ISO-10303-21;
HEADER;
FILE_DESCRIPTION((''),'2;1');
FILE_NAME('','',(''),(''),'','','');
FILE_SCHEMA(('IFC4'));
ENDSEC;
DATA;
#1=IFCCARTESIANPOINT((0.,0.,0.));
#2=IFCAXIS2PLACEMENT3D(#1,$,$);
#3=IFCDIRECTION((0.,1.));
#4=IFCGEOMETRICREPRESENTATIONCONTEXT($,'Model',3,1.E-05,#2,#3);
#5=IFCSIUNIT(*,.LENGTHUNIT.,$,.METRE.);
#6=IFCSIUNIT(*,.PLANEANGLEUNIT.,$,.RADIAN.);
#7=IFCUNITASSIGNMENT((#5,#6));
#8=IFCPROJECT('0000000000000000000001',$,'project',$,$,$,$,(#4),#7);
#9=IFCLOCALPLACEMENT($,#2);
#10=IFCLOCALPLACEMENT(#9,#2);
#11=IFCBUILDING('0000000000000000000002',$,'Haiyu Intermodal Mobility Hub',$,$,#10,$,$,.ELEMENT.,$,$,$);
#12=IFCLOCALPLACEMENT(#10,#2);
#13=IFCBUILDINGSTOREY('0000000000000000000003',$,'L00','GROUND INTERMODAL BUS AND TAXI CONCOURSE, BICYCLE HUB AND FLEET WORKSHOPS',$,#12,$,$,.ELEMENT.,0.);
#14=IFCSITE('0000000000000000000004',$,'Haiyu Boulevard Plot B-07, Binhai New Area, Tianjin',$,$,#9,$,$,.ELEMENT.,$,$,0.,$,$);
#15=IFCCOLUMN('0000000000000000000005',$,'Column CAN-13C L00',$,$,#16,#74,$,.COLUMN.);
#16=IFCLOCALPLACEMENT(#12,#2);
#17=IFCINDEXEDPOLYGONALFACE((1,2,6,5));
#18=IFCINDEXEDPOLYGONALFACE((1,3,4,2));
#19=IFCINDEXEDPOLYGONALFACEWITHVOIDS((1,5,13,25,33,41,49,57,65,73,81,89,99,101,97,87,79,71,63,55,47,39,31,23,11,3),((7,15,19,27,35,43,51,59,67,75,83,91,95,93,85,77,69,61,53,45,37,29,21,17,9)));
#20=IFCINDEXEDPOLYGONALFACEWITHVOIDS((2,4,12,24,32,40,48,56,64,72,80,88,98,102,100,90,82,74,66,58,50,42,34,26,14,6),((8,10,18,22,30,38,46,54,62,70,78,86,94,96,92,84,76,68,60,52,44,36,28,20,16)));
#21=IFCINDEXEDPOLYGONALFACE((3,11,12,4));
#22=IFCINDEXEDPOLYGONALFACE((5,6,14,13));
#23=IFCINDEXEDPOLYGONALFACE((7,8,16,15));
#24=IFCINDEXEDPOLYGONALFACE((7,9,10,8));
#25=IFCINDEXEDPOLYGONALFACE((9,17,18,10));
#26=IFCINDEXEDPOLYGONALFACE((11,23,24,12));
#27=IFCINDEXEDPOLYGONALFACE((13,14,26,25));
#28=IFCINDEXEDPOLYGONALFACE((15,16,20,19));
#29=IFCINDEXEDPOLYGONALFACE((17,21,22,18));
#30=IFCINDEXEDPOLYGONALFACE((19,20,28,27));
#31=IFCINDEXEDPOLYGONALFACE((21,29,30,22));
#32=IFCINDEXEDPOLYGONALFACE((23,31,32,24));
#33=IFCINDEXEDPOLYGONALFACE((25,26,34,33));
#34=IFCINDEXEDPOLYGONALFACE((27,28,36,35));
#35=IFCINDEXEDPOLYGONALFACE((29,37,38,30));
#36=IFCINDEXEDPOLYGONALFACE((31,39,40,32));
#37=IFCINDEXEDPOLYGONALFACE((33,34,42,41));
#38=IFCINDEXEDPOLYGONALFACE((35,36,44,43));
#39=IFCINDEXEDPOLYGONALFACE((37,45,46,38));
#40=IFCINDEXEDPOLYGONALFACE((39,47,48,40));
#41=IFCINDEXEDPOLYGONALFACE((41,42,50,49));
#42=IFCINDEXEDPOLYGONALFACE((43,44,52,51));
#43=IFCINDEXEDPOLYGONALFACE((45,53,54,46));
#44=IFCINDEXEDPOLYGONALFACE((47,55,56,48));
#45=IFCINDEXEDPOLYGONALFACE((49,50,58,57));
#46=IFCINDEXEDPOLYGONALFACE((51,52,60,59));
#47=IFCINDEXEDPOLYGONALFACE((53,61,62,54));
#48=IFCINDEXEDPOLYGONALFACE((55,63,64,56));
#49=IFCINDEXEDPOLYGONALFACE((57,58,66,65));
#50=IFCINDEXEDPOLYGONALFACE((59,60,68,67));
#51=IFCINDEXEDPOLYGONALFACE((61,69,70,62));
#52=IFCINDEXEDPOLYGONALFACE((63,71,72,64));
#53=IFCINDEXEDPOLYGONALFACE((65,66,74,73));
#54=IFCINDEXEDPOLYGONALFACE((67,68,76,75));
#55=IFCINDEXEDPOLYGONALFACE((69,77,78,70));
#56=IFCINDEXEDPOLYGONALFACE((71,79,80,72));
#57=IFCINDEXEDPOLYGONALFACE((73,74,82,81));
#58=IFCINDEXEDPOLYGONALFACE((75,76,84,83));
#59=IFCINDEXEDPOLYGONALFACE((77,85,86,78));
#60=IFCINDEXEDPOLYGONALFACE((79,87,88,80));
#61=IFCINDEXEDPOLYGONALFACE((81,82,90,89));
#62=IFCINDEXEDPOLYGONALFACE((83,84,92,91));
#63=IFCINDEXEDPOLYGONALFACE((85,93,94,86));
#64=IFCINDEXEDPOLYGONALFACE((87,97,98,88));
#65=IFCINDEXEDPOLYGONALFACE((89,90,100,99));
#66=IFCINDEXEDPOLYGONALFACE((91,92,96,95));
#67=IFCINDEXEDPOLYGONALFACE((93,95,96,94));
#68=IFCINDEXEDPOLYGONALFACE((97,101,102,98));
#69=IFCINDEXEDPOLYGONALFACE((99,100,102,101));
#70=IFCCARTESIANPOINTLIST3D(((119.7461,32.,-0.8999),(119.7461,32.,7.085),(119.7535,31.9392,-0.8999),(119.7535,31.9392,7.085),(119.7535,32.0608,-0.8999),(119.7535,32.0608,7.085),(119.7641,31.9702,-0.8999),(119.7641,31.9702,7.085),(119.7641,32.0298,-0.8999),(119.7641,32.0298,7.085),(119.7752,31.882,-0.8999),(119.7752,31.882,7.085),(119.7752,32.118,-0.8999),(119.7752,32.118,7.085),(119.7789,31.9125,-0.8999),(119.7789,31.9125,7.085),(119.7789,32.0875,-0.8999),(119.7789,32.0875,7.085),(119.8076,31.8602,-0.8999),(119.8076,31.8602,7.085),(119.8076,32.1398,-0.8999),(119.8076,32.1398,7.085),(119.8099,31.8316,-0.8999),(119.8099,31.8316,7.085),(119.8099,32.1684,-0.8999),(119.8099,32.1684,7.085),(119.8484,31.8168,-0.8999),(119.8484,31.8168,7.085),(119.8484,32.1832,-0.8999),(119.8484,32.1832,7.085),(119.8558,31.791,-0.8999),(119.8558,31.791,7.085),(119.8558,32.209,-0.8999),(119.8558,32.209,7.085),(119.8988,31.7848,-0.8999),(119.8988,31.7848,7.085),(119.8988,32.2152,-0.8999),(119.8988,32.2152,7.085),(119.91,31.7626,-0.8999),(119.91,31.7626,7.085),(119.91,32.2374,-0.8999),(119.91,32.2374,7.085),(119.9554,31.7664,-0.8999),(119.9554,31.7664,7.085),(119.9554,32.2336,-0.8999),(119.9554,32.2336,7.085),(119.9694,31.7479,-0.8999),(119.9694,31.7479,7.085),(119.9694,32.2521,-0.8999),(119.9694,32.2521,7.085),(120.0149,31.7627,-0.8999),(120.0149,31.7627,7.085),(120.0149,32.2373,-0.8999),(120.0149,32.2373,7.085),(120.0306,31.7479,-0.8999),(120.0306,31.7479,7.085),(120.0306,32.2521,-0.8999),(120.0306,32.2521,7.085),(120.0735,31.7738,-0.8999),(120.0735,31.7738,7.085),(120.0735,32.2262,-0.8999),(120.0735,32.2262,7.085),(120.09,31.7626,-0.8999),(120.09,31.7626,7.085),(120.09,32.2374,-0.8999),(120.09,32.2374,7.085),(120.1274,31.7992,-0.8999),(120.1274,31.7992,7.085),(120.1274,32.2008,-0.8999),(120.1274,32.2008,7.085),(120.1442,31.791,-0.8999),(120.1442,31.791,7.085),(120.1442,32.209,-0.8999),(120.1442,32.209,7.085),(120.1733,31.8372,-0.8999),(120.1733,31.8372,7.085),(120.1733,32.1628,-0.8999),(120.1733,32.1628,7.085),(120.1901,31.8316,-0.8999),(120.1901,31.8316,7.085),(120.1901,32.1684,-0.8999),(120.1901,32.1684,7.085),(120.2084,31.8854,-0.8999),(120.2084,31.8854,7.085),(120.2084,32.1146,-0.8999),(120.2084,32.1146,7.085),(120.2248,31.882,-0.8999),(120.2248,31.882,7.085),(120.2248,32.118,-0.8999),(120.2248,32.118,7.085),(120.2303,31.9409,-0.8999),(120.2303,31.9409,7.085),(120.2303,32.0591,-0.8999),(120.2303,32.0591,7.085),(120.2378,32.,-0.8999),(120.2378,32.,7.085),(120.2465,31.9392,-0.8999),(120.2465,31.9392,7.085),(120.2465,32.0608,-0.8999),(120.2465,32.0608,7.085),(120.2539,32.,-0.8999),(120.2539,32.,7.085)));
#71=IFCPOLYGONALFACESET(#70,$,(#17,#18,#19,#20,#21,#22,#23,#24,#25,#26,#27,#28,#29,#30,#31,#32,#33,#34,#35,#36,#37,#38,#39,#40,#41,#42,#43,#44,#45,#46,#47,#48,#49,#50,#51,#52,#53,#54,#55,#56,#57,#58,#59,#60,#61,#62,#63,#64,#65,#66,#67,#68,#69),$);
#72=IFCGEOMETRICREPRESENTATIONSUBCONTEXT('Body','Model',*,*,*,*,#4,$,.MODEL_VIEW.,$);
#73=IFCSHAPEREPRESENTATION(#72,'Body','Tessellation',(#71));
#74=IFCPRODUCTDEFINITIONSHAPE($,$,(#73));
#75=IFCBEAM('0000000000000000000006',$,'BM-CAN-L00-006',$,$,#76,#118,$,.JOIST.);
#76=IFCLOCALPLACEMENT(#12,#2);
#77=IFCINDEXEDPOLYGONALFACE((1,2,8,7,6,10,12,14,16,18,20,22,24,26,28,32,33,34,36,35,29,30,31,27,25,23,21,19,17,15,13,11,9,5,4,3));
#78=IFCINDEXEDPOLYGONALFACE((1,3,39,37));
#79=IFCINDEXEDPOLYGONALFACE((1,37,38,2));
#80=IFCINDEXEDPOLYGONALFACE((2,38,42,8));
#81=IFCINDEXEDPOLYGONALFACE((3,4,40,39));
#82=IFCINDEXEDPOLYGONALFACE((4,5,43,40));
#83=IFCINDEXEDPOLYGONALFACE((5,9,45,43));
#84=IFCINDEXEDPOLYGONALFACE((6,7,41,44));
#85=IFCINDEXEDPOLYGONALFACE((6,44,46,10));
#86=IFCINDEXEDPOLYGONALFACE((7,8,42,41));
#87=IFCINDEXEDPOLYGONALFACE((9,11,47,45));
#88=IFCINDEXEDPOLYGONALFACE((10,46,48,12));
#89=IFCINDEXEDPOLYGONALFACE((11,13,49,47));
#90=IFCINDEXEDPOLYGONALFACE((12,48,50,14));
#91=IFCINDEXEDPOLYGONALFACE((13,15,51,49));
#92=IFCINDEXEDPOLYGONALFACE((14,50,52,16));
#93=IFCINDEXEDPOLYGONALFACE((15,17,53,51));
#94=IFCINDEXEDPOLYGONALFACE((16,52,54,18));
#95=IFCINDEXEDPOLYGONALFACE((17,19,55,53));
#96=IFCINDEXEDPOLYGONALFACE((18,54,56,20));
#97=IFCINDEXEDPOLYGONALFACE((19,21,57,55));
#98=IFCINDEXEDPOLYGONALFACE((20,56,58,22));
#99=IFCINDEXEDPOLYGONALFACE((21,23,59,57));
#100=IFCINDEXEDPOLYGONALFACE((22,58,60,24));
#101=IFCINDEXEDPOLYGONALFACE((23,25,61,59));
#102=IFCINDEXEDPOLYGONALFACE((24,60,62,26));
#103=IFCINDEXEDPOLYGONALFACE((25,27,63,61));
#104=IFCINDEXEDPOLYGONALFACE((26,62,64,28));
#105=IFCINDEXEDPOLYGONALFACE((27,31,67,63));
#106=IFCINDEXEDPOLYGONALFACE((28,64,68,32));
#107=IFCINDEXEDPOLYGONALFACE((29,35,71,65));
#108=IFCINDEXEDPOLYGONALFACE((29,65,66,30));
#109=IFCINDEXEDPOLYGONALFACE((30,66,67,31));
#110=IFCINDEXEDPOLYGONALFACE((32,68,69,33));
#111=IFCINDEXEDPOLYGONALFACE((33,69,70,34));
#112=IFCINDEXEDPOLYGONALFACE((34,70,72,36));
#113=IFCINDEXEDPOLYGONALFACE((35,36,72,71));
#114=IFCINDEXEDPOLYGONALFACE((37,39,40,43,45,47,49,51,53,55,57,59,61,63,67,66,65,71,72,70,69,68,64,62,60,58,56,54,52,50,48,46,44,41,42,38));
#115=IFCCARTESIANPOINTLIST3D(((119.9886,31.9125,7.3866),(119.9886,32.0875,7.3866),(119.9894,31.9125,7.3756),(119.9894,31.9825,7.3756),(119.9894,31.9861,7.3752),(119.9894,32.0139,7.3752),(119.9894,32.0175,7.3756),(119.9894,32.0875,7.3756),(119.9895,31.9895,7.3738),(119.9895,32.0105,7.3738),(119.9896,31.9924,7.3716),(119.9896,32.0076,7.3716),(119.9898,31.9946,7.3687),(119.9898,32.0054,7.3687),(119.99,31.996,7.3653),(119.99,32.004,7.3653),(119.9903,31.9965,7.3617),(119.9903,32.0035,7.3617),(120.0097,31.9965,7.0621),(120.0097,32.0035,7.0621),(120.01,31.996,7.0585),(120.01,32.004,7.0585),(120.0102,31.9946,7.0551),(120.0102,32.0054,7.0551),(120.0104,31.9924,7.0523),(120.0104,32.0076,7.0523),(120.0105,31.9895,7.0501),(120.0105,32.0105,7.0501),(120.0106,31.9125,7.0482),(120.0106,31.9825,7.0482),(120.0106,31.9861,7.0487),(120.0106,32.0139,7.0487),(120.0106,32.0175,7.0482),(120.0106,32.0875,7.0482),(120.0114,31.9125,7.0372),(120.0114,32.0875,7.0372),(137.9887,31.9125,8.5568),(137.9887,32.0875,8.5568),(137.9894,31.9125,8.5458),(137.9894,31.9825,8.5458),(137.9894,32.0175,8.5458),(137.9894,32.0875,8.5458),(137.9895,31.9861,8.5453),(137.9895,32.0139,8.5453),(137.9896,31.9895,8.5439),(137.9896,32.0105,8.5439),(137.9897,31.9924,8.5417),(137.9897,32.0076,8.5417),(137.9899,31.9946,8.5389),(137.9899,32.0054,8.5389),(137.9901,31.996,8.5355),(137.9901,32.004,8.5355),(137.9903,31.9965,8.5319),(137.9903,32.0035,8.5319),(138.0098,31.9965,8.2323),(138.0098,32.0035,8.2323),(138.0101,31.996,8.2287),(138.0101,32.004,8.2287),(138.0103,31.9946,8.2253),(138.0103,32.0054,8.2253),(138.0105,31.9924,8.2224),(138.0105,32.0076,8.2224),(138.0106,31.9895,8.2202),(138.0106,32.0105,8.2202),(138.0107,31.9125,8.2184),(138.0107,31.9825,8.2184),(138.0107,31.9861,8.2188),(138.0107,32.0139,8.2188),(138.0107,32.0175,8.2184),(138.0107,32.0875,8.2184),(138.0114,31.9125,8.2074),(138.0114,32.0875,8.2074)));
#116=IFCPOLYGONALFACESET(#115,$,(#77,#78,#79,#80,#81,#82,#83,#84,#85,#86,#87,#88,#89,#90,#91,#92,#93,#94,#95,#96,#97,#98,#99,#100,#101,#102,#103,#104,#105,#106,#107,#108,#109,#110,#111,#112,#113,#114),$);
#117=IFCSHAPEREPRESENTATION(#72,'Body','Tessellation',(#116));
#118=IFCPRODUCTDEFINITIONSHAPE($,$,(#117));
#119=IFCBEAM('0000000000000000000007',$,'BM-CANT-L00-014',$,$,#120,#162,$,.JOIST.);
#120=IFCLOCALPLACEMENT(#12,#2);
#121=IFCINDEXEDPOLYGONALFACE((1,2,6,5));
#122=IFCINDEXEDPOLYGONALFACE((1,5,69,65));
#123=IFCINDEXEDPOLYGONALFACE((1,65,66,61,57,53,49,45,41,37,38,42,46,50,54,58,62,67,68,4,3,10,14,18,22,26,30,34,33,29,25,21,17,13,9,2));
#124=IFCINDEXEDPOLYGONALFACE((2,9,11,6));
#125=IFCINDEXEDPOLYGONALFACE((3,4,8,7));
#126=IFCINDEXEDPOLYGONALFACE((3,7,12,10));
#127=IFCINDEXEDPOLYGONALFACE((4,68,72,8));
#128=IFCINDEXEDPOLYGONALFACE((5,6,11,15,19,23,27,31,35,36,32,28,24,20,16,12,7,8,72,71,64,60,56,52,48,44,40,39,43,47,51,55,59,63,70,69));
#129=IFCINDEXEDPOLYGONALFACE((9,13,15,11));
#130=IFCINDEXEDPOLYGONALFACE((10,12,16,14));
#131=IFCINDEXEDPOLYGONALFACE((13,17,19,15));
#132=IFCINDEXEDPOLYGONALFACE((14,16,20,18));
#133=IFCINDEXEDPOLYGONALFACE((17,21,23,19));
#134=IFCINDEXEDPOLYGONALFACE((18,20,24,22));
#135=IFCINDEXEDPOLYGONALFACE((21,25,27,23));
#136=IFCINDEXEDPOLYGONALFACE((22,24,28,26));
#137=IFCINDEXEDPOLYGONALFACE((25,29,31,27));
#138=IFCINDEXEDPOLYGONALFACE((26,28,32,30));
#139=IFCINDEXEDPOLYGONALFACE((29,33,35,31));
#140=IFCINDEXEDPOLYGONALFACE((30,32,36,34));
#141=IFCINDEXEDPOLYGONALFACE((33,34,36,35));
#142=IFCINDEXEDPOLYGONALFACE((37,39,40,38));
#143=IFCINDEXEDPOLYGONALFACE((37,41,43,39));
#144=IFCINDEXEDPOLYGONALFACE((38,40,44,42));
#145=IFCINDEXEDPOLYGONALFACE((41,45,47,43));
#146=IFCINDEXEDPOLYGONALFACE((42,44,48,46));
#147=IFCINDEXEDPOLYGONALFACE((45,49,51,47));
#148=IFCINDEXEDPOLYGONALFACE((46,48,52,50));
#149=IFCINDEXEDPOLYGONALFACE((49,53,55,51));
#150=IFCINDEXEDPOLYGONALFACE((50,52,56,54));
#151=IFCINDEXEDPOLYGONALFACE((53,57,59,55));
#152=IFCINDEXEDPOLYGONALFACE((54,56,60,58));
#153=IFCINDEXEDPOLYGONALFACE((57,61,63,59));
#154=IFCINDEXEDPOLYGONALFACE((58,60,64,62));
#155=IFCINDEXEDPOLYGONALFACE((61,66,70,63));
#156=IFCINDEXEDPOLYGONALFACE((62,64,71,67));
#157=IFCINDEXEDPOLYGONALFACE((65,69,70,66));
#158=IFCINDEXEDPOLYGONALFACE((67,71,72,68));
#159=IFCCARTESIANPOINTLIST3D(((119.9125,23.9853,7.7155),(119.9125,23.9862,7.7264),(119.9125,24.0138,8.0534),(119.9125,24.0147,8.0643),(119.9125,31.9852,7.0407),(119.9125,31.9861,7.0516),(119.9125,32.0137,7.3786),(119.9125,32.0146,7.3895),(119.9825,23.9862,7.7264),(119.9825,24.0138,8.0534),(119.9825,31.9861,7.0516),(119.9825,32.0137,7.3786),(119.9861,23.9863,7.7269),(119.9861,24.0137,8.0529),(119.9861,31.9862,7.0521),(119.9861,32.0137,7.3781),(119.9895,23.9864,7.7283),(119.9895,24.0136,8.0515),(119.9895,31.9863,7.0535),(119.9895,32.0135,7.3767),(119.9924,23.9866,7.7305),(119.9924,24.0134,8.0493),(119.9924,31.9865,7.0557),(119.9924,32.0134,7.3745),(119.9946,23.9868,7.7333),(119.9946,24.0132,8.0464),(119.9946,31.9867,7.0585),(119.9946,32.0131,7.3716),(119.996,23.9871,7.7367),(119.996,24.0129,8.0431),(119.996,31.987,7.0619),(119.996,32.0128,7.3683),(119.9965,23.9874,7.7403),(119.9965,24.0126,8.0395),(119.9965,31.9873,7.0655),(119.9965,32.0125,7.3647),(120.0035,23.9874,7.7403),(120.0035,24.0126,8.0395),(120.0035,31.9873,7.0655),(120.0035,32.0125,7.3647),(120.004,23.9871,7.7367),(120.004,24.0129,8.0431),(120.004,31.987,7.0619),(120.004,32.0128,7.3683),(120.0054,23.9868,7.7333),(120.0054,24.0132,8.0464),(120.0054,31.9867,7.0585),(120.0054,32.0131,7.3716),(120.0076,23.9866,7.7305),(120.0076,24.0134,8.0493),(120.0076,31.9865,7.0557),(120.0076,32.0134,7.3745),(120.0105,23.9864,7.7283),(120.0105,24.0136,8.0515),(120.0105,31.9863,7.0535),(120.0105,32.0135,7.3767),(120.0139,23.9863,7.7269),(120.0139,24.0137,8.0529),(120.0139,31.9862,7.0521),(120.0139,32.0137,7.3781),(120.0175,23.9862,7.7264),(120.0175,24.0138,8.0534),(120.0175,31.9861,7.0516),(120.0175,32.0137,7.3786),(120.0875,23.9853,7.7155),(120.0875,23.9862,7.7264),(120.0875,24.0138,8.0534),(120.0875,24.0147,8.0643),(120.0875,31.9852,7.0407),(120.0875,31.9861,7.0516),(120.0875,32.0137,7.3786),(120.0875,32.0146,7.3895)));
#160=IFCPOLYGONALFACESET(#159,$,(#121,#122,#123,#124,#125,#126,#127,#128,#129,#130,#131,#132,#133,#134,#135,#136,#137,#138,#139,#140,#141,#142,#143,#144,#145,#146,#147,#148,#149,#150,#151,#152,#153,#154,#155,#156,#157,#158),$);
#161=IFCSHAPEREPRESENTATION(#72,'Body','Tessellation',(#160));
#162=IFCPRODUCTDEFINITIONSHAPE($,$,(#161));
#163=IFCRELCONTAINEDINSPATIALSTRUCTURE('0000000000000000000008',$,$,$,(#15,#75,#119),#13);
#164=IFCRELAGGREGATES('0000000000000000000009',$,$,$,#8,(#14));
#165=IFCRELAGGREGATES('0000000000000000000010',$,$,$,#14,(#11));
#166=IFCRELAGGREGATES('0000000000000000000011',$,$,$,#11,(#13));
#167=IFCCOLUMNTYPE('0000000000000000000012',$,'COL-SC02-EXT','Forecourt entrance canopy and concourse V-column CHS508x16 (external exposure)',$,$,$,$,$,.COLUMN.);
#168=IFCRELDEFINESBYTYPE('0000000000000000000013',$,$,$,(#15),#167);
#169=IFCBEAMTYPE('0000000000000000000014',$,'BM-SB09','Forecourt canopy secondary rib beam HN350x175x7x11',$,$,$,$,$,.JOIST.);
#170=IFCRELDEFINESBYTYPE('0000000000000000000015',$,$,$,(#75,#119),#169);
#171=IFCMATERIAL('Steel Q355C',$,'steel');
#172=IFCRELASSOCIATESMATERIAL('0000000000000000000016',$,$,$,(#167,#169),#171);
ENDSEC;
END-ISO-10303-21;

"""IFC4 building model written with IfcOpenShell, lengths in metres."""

from ifc_helpers import new_model, si_unit, direction, frame, origin, origin_2d, place, context, subcontext, project, spatial, hollow_circle, i_section, extrude, material, material_profile, profile_set, type_object, element, save


model = new_model("IFC4")

# Units and contexts
model_context = context("Model", 3, precision=1e-05, world=origin(), true_north=direction((0.0, 1.0)))
body_context = subcontext(model_context, "Body", "Model", "MODEL_VIEW")
ifc_project = project(units=[si_unit("LENGTHUNIT", "METRE"), si_unit("PLANEANGLEUNIT", "RADIAN")], contexts=[model_context])

# Site, building, storey
site_placement = place(None, origin())
site = spatial("IfcSite", under=ifc_project, at=site_placement, Name="Haiyu Boulevard Plot B-07, Binhai New Area, Tianjin", CompositionType="ELEMENT", RefElevation=0.0)
building_placement = place(site_placement, origin())
building = spatial("IfcBuilding", under=site, at=building_placement, Name="Haiyu Intermodal Mobility Hub", CompositionType="ELEMENT")
storey_placement = place(building_placement, origin())
storey = spatial("IfcBuildingStorey", under=building, at=storey_placement, Name="L00", Description="GROUND INTERMODAL BUS AND TAXI CONCOURSE, BICYCLE HUB AND FLEET WORKSHOPS", CompositionType="ELEMENT", Elevation=0.0)

# Column
ifc_material_1 = material(Name="Steel Q355C", Category="steel")
ifc_material_profile_1 = material_profile(ifc_material_1, hollow_circle(Radius=0.2539, WallThickness=0.0161, at=origin_2d()), Name="CHS508x16")
ifc_profile_set_1 = profile_set([ifc_material_profile_1], Name="Steel Q355C")
column_type = type_object("IfcColumnType", Name="COL-SC02-EXT", Description="Forecourt entrance canopy and concourse V-column CHS508x16 (external exposure)", PredefinedType="COLUMN", material=ifc_profile_set_1)
column_1_placement = place(storey_placement, frame((120.0, 32.0, -0.8999), z_axis=(0.0, 0.0, 1.0), x_axis=(1.0, 0.0, 0.0)))
element("IfcColumn", 1, at=column_1_placement, inside=storey, type_object=column_type, Name="Column CAN-13C L00", PredefinedType="COLUMN", context=body_context, shape_type="SweptSolid", body=[
    extrude(hollow_circle(Radius=0.2539, WallThickness=0.0161, at=origin_2d()), origin(), (0.0, 0.0, 1.0), 7.9849),
])

# Beams
ifc_material_profile_2 = material_profile(ifc_material_1, i_section(OverallWidth=0.175, OverallDepth=0.3501, WebThickness=0.0071, FlangeThickness=0.011, FilletRadius=0.0139, at=origin_2d()), Name="HN350x175x7x11")
ifc_profile_set_2 = profile_set([ifc_material_profile_2], Name="Steel Q355C")
beam_type_1 = type_object("IfcBeamType", Name="BM-SB09", Description="Forecourt canopy secondary rib beam HN350x175x7x11", PredefinedType="JOIST", material=ifc_profile_set_2)
beam_1_placement = place(storey_placement, frame((120.0, 32.0, 7.2119), z_axis=(0.997894, 0.0, 0.064872), x_axis=(0.0, 1.0, 0.0)))
element("IfcBeam", 2, at=beam_1_placement, inside=storey, type_object=beam_type_1, Name="BM-CAN-L00-006", PredefinedType="JOIST", context=body_context, shape_type="SweptSolid", body=[
    extrude(i_section(OverallWidth=0.175, OverallDepth=0.3501, WebThickness=0.0071, FlangeThickness=0.011, FilletRadius=0.0139, at=origin_2d()), origin(), (0.0, 0.0, 1.0), 18.0381),
])
beam_2_placement = place(storey_placement, frame((120.0, 24.0, 7.8899), z_axis=(0.0, 0.996461, -0.084052), x_axis=(-1.0, 0.0, 0.0)))
element("IfcBeam", 3, at=beam_2_placement, inside=storey, type_object=beam_type_1, Name="BM-CANT-L00-014", PredefinedType="JOIST", context=body_context, shape_type="SweptSolid", body=[
    extrude(i_section(OverallWidth=0.175, OverallDepth=0.3501, WebThickness=0.0071, FlangeThickness=0.011, FilletRadius=0.0139, at=origin_2d()), origin(), (0.0, 0.0, 1.0), 8.0283),
])

save(model, "model.ifc")
